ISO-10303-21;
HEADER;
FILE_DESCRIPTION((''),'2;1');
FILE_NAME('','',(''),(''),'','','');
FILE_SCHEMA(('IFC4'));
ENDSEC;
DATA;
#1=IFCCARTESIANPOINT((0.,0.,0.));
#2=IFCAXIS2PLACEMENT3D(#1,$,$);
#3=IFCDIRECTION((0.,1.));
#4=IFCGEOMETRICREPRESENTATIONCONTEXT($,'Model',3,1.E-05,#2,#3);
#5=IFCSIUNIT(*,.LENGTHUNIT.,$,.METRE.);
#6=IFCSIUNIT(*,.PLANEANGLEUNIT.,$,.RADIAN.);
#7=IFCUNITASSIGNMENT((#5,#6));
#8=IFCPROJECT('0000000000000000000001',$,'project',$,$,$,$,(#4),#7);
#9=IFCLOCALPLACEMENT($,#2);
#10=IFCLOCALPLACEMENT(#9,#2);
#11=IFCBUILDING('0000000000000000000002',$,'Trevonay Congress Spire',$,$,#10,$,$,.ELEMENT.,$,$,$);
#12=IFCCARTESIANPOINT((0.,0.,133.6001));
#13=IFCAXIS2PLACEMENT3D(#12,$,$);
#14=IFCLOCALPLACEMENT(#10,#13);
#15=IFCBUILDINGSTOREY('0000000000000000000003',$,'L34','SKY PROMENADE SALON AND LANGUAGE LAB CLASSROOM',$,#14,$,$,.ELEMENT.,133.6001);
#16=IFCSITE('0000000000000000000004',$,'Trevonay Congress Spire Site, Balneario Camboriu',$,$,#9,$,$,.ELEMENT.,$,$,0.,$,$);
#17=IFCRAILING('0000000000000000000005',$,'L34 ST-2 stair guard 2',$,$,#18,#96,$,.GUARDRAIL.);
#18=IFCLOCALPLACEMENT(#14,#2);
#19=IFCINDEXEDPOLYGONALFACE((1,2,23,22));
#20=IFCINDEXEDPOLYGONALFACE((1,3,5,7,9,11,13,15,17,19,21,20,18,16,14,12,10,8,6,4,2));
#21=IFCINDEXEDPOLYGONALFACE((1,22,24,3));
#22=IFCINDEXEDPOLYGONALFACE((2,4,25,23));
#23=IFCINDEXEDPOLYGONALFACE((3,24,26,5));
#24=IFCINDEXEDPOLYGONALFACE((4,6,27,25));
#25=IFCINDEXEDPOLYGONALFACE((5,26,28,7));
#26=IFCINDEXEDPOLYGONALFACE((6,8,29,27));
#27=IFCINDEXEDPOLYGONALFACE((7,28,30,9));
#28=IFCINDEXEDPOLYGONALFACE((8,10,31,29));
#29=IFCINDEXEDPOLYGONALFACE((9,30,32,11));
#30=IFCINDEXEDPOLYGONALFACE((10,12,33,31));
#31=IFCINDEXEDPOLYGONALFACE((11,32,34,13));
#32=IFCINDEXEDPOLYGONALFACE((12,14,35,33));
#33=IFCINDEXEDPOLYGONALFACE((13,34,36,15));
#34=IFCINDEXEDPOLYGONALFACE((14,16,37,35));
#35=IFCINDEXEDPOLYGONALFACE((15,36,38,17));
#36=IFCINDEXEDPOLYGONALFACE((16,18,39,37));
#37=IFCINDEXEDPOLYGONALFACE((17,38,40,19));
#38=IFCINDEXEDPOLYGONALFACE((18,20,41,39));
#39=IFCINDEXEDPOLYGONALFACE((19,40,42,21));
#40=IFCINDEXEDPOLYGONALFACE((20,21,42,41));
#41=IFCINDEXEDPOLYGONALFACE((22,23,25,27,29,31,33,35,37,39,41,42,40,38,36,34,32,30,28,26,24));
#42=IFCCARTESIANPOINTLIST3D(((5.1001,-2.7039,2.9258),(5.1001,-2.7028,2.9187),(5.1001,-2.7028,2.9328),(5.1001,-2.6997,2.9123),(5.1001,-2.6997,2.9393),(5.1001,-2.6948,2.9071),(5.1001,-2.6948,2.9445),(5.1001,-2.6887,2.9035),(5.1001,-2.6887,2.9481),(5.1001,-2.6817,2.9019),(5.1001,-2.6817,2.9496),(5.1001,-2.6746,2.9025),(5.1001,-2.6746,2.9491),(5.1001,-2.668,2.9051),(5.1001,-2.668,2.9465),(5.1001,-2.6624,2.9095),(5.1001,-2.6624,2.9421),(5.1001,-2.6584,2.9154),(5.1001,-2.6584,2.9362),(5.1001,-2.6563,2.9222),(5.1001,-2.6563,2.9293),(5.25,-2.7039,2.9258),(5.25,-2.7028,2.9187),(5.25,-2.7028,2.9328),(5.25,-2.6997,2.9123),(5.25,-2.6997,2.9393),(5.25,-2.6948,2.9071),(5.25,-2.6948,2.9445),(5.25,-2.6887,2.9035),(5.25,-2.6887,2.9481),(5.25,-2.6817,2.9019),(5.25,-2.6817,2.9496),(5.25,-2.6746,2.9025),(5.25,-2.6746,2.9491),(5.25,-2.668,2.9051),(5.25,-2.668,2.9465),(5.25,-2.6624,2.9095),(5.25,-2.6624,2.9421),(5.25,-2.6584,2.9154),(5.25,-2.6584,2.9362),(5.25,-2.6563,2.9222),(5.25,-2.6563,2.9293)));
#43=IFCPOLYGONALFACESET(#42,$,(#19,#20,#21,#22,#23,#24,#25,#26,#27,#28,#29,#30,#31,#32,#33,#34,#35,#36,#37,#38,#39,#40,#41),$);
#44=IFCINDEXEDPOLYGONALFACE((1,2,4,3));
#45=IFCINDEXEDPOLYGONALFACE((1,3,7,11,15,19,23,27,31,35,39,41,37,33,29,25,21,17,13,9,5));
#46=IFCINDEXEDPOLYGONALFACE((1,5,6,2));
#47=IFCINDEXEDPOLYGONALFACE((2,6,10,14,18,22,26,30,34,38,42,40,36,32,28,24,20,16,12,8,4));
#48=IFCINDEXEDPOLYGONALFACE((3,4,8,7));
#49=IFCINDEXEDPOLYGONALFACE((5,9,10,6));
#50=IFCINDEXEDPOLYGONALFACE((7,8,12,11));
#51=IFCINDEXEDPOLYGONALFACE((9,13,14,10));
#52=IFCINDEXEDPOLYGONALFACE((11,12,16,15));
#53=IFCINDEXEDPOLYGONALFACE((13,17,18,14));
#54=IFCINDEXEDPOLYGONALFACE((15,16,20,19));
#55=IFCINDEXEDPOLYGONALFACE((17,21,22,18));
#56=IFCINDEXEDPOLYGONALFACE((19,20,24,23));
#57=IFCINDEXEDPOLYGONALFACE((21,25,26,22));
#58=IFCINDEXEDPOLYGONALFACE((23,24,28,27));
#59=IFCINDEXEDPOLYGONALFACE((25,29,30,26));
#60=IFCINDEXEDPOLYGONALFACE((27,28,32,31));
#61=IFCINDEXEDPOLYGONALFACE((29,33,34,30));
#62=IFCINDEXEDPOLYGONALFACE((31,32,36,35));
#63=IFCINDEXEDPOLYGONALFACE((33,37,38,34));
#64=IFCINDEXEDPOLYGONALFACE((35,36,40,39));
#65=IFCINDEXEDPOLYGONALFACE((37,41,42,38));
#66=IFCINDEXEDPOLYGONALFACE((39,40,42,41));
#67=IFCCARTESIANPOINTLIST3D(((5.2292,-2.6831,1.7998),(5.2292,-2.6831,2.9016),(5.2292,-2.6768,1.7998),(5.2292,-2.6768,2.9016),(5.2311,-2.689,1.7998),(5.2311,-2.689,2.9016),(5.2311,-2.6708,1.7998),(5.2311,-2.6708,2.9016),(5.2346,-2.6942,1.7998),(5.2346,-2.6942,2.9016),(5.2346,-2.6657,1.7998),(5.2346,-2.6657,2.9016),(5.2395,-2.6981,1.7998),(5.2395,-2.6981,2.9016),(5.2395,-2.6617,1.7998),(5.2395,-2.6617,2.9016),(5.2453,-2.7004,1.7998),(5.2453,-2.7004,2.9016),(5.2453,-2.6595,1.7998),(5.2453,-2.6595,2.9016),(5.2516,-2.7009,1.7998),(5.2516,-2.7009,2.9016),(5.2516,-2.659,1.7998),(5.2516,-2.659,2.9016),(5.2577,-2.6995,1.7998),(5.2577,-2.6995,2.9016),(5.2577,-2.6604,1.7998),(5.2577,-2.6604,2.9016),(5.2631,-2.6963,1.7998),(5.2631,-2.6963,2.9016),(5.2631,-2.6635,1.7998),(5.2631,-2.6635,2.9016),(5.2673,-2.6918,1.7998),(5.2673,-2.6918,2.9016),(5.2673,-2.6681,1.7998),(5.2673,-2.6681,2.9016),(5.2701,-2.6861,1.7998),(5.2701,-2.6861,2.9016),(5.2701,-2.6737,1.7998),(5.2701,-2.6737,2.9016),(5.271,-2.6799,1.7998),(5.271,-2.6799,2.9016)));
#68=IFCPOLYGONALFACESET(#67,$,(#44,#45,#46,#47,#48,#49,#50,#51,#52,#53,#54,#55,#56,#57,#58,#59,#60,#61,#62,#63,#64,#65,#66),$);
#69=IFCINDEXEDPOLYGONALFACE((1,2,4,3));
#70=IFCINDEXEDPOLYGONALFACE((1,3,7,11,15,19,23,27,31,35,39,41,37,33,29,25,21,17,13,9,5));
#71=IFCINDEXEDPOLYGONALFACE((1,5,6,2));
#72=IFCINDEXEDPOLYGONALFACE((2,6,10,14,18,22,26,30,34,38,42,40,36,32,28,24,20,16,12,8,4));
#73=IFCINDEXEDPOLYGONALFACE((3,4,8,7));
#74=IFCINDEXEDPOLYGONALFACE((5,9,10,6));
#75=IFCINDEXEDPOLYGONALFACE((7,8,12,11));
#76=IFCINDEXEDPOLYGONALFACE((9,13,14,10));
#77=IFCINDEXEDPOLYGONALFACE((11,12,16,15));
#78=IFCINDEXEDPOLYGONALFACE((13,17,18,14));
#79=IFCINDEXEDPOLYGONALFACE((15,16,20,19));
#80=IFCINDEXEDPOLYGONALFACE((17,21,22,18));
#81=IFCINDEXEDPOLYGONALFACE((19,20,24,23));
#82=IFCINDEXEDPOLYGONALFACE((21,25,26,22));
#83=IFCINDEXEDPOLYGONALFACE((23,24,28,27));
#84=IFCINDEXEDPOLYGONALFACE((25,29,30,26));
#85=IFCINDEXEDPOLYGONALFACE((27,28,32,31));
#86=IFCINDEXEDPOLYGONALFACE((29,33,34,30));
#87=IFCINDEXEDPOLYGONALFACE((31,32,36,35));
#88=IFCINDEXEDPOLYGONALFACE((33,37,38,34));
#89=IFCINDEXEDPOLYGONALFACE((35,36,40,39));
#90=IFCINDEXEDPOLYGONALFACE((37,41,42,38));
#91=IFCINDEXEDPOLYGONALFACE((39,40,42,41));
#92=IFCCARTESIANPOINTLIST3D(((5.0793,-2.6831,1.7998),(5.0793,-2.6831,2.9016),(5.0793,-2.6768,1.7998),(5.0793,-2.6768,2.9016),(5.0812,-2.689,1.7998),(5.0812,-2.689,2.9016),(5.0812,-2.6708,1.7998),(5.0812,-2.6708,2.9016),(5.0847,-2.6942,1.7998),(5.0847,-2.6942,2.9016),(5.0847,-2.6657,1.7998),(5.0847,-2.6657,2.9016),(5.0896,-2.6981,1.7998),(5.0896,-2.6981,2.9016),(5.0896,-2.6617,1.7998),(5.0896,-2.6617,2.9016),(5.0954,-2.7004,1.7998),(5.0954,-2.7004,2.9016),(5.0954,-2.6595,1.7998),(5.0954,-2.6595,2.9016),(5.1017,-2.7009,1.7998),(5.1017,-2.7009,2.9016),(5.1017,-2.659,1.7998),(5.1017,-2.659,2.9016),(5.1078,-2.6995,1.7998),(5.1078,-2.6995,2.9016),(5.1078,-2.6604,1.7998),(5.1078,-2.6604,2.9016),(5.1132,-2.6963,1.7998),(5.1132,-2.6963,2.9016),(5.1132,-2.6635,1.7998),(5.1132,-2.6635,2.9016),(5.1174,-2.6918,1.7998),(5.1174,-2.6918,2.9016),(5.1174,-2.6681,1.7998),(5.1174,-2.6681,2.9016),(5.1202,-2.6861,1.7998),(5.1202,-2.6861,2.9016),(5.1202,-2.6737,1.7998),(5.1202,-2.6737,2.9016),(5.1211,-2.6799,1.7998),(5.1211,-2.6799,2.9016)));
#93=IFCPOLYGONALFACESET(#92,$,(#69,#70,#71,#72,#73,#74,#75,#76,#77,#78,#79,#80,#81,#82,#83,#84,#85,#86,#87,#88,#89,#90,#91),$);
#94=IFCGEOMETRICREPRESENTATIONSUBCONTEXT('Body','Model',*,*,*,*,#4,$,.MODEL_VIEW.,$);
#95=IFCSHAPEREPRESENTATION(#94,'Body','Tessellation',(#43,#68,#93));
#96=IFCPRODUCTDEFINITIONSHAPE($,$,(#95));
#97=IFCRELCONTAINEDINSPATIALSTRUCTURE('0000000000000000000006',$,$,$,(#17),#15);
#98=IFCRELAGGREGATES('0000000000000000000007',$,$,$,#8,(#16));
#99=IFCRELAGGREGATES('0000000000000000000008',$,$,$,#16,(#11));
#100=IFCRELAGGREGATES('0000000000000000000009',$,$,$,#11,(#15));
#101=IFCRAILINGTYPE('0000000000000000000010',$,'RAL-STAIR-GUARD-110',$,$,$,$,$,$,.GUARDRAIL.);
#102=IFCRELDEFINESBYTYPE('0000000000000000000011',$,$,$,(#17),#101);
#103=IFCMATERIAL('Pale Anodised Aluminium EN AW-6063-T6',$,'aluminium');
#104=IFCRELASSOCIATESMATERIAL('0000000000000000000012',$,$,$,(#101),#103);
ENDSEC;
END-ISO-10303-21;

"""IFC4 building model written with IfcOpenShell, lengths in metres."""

from ifc_helpers import new_model, si_unit, direction, frame, origin, origin_2d, place, context, subcontext, project, spatial, circle, extrude, material, type_object, element, save


model = new_model("IFC4")

# Units and contexts
model_context = context("Model", 3, precision=1e-05, world=origin(), true_north=direction((0.0, 1.0)))
body_context = subcontext(model_context, "Body", "Model", "MODEL_VIEW")
ifc_project = project(units=[si_unit("LENGTHUNIT", "METRE"), si_unit("PLANEANGLEUNIT", "RADIAN")], contexts=[model_context])

# Site, building, storey
site_placement = place(None, origin())
site = spatial("IfcSite", under=ifc_project, at=site_placement, Name="Trevonay Congress Spire Site, Balneario Camboriu", CompositionType="ELEMENT", RefElevation=0.0)
building_placement = place(site_placement, origin())
building = spatial("IfcBuilding", under=site, at=building_placement, Name="Trevonay Congress Spire", CompositionType="ELEMENT")
storey_placement = place(building_placement, frame((0.0, 0.0, 133.6001)))
storey = spatial("IfcBuildingStorey", under=building, at=storey_placement, Name="L34", Description="SKY PROMENADE SALON AND LANGUAGE LAB CLASSROOM", CompositionType="ELEMENT", Elevation=133.6001)

# Shared definitions
ifc_material_1 = material(Name="Pale Anodised Aluminium EN AW-6063-T6", Category="aluminium")

# Railing
railing_type_1 = type_object("IfcRailingType", Name="RAL-STAIR-GUARD-110", PredefinedType="GUARDRAIL", material=ifc_material_1)
railing_1_placement = place(storey_placement, frame((5.25, -2.6799, 1.7998)))
element("IfcRailing", 1, at=railing_1_placement, inside=storey, type_object=railing_type_1, Name="L34 ST-2 stair guard 2", PredefinedType="GUARDRAIL", context=body_context, shape_type="SweptSolid", body=[
    extrude(circle(Radius=0.0239, at=origin_2d()), frame((0.0, 0.0, 1.126), z_axis=(-1.0, 0.0, 0.0), x_axis=(0.0, -1.0, 0.0)), (0.0, 0.0, 1.0), 0.1499),
    extrude(circle(Radius=0.021, at=origin_2d()), origin(), (0.0, 0.0, 1.0), 1.1018),
    extrude(circle(Radius=0.021, at=origin_2d()), frame((-0.1499, 0.0, 0.0)), (0.0, 0.0, 1.0), 1.1018),
])

save(model, "model.ifc")
